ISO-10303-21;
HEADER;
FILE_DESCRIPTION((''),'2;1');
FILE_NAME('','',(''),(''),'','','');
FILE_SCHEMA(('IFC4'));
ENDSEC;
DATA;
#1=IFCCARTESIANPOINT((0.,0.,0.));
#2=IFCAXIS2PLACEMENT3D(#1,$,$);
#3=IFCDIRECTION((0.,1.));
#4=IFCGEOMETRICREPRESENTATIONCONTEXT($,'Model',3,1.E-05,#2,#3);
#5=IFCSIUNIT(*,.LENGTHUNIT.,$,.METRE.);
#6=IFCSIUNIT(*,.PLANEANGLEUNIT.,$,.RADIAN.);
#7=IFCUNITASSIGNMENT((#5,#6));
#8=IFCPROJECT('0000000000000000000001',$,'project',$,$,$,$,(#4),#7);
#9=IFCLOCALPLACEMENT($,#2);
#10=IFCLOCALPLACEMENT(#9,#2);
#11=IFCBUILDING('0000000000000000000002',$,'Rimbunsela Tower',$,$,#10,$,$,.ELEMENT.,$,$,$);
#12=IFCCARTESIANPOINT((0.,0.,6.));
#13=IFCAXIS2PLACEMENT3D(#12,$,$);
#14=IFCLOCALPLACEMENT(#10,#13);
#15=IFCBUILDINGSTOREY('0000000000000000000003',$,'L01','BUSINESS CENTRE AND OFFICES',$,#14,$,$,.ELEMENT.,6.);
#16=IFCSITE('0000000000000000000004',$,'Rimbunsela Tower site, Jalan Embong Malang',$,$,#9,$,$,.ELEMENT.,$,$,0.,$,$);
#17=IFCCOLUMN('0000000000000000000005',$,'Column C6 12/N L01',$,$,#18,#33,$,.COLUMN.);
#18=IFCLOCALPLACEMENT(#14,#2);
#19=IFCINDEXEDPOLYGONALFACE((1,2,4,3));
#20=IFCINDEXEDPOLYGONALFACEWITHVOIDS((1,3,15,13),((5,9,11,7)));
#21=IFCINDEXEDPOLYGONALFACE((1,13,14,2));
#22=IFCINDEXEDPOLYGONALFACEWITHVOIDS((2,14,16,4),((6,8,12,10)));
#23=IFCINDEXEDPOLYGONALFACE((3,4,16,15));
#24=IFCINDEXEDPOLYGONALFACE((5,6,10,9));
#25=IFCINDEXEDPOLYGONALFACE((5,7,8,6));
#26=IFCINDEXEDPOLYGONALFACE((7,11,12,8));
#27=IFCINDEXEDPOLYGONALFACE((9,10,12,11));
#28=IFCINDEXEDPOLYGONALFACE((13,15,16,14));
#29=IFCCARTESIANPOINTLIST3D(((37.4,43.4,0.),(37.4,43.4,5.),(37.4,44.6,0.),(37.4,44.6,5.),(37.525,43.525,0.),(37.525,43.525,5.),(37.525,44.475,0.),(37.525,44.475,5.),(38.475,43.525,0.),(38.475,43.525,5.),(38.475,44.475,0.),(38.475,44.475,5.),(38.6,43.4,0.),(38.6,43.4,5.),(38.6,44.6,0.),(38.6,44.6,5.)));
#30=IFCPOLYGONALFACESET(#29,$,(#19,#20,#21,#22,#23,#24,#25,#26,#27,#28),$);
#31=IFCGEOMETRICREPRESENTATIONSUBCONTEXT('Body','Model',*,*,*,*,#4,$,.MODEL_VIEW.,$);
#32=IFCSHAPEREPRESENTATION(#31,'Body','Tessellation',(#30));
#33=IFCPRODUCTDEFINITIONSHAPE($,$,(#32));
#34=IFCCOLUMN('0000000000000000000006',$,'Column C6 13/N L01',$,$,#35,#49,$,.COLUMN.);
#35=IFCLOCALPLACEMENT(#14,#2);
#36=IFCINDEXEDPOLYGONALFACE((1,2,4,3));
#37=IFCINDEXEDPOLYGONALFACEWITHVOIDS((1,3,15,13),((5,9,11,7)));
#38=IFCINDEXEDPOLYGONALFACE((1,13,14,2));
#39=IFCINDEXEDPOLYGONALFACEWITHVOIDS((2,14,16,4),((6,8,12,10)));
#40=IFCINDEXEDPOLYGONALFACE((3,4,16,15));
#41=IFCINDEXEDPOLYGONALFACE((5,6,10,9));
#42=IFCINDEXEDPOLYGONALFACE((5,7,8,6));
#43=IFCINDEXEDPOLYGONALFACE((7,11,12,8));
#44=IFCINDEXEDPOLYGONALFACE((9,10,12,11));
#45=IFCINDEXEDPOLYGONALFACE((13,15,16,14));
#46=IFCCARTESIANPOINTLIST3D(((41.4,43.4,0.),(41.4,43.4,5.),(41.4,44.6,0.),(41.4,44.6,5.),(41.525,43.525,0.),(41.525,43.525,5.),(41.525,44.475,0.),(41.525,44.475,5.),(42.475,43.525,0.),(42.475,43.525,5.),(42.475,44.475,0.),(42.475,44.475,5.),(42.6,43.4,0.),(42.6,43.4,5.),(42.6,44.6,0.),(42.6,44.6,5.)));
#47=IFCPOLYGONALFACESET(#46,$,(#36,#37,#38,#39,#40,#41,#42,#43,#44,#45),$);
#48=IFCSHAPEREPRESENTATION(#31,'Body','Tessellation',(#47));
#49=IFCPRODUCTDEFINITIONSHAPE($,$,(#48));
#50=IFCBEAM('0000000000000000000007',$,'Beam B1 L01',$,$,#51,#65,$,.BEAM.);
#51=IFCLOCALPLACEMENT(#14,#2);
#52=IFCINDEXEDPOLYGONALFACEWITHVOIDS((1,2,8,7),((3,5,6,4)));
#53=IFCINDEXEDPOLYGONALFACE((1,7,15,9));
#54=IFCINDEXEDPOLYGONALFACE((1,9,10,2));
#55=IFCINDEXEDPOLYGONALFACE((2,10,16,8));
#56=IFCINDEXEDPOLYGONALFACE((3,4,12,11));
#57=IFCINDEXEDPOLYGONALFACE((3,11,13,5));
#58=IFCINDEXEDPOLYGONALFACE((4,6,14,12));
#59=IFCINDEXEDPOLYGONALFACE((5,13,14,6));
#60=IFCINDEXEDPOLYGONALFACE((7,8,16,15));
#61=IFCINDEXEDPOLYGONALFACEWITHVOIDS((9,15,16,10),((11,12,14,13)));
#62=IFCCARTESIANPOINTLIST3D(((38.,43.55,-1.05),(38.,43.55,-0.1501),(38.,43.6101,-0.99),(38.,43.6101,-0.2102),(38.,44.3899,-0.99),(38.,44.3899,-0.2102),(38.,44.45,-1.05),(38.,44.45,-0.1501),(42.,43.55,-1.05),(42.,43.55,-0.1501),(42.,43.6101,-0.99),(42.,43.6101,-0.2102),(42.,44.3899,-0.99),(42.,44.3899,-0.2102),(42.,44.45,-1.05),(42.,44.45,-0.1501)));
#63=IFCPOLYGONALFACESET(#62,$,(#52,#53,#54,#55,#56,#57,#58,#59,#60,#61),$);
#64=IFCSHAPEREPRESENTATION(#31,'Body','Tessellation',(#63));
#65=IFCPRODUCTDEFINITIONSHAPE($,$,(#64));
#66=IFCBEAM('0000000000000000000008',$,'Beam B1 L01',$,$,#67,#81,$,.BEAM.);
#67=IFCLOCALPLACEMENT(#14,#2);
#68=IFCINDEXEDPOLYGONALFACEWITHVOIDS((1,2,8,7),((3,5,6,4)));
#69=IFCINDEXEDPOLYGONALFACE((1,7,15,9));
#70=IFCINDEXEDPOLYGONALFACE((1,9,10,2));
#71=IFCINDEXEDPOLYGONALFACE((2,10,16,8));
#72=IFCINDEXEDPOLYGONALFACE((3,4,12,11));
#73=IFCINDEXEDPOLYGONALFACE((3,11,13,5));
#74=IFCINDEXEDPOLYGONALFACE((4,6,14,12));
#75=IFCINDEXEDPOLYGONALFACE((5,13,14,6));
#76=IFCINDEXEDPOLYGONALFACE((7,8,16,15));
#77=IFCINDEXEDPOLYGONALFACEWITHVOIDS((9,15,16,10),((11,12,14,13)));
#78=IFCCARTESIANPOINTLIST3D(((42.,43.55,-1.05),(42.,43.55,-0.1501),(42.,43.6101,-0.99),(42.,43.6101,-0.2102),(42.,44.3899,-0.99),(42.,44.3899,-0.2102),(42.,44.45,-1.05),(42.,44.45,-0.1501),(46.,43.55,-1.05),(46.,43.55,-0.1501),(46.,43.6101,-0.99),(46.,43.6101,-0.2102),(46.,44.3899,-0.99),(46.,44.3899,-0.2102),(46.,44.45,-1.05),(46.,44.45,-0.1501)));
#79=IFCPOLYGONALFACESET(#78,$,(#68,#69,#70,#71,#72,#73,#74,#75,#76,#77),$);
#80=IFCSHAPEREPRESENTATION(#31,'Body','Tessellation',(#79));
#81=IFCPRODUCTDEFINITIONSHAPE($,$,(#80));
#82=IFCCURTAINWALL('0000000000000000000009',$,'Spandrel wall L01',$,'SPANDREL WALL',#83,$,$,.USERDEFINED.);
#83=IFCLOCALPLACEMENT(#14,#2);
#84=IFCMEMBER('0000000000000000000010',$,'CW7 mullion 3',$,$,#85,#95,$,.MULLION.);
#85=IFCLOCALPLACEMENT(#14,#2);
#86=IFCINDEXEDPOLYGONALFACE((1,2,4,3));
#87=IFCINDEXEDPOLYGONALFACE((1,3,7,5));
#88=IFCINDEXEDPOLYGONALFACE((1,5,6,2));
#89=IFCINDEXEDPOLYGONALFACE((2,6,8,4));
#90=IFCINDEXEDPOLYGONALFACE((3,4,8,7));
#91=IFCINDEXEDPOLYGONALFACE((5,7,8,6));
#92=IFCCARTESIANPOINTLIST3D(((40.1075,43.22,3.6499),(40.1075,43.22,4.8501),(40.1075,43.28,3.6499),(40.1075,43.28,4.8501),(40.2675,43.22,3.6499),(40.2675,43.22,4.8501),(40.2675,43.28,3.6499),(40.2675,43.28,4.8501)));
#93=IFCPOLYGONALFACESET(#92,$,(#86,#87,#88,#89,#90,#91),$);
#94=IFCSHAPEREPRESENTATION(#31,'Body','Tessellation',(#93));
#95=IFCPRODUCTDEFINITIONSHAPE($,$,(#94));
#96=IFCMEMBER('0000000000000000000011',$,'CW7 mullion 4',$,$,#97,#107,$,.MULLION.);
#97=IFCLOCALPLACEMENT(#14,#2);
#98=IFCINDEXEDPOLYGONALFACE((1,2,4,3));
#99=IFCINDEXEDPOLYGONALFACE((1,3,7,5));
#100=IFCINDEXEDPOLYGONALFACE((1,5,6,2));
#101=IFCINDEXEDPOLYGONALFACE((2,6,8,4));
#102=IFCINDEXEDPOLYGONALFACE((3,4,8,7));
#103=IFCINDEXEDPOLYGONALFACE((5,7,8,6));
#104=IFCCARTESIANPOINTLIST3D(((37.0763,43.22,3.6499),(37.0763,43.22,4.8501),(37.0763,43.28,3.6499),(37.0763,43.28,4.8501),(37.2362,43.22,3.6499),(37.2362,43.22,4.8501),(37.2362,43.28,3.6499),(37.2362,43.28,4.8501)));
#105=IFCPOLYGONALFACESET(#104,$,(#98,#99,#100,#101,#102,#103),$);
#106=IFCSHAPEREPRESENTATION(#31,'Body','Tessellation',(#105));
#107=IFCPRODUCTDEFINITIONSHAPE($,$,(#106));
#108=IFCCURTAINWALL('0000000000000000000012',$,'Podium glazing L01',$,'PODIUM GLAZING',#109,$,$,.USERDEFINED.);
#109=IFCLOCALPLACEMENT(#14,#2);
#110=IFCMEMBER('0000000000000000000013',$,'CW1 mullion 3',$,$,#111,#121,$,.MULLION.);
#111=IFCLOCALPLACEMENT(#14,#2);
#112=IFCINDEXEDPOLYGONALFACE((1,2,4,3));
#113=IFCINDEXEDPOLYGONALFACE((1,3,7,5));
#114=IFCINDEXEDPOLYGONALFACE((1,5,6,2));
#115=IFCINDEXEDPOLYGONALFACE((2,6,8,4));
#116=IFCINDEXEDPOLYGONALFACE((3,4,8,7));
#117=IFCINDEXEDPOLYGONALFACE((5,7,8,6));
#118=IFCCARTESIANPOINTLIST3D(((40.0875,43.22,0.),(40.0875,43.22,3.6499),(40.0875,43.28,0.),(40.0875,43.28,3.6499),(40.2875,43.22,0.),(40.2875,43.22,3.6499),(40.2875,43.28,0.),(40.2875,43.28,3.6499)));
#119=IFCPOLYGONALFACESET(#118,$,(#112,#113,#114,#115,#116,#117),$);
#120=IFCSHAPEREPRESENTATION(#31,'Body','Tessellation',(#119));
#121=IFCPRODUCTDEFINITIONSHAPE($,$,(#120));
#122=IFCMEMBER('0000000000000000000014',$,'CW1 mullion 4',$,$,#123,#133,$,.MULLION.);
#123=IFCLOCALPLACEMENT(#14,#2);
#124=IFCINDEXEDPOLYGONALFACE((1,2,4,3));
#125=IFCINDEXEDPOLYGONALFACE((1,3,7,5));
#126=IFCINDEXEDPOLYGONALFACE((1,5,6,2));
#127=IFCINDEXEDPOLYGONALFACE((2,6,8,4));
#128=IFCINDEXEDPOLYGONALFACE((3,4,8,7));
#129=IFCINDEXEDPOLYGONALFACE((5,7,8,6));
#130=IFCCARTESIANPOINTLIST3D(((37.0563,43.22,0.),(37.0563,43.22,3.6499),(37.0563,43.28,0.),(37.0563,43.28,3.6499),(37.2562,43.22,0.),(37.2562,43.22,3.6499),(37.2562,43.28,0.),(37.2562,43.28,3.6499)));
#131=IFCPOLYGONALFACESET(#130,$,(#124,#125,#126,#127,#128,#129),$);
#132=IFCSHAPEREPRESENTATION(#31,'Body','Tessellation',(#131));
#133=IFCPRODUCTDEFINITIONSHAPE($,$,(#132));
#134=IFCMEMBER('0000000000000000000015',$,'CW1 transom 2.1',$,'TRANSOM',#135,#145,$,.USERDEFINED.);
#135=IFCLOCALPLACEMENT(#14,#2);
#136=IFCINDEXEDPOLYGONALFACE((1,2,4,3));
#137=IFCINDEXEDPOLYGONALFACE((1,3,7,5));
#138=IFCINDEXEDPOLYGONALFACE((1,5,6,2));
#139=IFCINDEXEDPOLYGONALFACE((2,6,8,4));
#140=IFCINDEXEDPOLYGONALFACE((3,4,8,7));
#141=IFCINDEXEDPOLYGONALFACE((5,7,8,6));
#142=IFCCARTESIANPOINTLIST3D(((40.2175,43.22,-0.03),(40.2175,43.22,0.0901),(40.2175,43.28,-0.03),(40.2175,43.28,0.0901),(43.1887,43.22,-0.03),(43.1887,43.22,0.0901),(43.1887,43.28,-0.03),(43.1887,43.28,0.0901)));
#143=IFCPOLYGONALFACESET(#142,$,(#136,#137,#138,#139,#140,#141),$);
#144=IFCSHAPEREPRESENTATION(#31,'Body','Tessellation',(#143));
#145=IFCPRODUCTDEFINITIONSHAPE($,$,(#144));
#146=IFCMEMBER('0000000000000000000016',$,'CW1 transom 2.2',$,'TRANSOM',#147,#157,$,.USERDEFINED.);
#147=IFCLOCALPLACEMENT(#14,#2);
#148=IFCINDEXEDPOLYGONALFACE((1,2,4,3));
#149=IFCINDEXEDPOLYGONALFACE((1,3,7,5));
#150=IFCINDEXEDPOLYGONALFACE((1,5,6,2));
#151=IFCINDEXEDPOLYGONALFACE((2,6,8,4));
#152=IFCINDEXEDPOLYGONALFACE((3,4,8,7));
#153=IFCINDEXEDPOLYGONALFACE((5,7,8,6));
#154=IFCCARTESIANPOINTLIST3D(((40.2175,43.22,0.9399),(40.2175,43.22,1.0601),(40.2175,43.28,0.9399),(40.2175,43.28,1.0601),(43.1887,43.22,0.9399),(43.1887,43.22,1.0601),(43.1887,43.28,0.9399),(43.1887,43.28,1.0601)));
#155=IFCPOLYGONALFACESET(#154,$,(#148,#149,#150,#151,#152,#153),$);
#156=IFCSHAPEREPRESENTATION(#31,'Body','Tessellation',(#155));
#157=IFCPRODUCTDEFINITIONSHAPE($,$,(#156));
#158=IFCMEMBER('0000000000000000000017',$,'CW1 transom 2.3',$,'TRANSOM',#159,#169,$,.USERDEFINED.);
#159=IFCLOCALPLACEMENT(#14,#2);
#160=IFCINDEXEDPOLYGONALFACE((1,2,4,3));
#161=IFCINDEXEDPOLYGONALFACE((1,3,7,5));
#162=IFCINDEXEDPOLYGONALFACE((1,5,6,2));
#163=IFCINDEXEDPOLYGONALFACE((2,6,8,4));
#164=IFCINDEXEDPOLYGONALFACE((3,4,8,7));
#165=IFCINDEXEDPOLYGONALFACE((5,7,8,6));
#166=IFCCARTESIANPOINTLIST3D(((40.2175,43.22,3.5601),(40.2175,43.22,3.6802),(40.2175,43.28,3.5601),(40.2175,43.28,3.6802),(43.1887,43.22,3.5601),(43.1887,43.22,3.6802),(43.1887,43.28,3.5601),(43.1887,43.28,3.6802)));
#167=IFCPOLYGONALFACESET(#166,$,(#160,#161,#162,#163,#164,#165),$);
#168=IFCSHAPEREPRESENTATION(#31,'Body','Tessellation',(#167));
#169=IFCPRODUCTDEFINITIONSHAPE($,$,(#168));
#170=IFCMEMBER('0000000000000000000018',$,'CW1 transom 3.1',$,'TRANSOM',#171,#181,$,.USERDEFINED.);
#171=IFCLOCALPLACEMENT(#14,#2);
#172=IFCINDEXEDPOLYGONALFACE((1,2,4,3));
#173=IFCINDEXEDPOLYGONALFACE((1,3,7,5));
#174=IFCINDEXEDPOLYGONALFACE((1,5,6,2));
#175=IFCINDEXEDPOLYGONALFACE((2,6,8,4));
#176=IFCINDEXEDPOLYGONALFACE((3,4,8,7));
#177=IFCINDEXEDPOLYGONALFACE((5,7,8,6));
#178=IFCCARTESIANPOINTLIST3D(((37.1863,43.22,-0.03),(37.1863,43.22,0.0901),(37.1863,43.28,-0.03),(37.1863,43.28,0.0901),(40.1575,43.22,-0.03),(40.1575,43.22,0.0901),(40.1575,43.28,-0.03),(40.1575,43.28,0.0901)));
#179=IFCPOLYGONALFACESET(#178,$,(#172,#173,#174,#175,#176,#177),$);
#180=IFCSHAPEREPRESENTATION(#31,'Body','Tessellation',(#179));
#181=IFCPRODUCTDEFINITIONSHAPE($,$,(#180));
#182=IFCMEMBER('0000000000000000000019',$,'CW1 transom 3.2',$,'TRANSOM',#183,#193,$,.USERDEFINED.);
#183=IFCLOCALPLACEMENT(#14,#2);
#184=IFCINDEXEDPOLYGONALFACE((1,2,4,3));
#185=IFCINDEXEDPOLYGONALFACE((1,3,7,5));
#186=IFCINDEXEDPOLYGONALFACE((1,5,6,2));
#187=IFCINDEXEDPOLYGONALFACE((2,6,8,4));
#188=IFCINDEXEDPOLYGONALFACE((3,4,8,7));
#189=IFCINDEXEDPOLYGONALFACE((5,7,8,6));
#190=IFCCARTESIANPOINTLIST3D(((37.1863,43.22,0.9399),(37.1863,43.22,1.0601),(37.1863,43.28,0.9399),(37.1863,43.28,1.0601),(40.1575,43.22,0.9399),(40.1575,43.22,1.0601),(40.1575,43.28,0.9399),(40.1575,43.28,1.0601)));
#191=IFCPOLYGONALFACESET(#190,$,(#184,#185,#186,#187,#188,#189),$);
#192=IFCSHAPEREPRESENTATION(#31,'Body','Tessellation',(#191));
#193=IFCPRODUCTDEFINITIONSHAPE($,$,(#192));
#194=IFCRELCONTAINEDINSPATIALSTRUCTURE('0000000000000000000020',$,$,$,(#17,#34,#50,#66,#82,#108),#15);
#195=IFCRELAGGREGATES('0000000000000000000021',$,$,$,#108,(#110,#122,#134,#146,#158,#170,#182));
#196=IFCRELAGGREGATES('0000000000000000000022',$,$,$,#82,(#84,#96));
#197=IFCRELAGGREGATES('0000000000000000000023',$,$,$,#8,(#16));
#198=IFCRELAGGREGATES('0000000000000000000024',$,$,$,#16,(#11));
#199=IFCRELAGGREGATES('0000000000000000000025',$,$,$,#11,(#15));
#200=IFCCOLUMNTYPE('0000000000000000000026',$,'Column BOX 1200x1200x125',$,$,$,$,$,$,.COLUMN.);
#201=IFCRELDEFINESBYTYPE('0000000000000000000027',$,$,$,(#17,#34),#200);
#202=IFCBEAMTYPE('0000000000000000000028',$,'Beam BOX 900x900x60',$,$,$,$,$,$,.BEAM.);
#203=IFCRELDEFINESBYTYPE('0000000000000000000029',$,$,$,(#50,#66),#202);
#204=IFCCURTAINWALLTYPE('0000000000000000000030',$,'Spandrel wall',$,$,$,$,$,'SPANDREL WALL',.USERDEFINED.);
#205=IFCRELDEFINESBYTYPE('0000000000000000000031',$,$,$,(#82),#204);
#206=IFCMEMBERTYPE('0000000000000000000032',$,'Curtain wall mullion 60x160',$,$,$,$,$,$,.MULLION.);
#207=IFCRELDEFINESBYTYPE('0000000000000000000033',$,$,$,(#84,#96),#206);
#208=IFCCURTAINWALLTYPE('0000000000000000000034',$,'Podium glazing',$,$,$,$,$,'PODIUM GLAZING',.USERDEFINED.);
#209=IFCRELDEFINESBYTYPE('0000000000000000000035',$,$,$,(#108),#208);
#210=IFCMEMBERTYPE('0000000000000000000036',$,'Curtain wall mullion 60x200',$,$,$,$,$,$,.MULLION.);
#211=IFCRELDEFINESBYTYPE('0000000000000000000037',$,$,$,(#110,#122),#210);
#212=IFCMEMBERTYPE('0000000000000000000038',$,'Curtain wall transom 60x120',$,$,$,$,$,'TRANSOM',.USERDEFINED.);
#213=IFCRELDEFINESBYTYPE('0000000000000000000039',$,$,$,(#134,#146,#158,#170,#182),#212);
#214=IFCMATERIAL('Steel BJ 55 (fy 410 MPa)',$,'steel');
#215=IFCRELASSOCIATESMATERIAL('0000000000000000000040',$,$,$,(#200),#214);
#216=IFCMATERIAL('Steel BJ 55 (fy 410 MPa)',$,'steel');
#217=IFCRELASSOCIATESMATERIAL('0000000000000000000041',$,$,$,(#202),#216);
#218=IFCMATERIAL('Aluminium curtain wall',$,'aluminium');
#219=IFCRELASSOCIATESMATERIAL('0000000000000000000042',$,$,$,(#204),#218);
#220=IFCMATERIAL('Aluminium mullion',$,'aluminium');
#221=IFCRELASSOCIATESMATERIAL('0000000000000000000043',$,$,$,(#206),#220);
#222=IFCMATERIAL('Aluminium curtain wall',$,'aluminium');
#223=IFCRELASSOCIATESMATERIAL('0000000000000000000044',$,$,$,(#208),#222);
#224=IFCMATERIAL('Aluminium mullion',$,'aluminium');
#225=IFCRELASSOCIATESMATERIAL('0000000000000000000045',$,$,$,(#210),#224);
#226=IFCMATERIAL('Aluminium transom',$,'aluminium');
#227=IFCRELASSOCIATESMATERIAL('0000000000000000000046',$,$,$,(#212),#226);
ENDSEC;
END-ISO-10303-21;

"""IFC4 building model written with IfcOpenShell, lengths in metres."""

from ifc_helpers import new_model, si_unit, direction, frame, origin, origin_2d, place, context, subcontext, project, spatial, rectangle, hollow_rectangle, extrude, material, material_profile, profile_set, type_object, element, aggregate, save


model = new_model("IFC4")

# Units and contexts
model_context = context("Model", 3, precision=1e-05, world=origin(), true_north=direction((0.0, 1.0)))
body_context = subcontext(model_context, "Body", "Model", "MODEL_VIEW")
ifc_project = project(units=[si_unit("LENGTHUNIT", "METRE"), si_unit("PLANEANGLEUNIT", "RADIAN")], contexts=[model_context])

# Site, building, storey
site_placement = place(None, origin())
site = spatial("IfcSite", under=ifc_project, at=site_placement, Name="Rimbunsela Tower site, Jalan Embong Malang", CompositionType="ELEMENT", RefElevation=0.0)
building_placement = place(site_placement, origin())
building = spatial("IfcBuilding", under=site, at=building_placement, Name="Rimbunsela Tower", CompositionType="ELEMENT")
storey_placement = place(building_placement, frame((0.0, 0.0, 6.0)))
storey = spatial("IfcBuildingStorey", under=building, at=storey_placement, Name="L01", Description="BUSINESS CENTRE AND OFFICES", CompositionType="ELEMENT", Elevation=6.0)

# Columns
ifc_material_1 = material(Name="Steel BJ 55 (fy 410 MPa)", Category="steel")
ifc_material_profile_1 = material_profile(ifc_material_1, hollow_rectangle(XDim=1.2, YDim=1.2, WallThickness=0.125, at=origin_2d()), Name="BOX 1200x1200x125")
ifc_profile_set_1 = profile_set([ifc_material_profile_1], Name="Steel BJ 55 (fy 410 MPa)")
column_type = type_object("IfcColumnType", Name="Column BOX 1200x1200x125", PredefinedType="COLUMN", material=ifc_profile_set_1)
for number, where, z_axis, x_axis, name in (
    (1, (38.0, 44.0, 0.0), (0.0, 0.0, 1.0), (1.0, 0.0, 0.0), "Column C6 12/N L01"),
    (2, (42.0, 44.0, 0.0), (0.0, 0.0, 1.0), (1.0, 0.0, 0.0), "Column C6 13/N L01"),
):
    element("IfcColumn", number, at=place(storey_placement, frame(where, z_axis=z_axis, x_axis=x_axis)), inside=storey, type_object=column_type, Name=name, PredefinedType="COLUMN", context=body_context, shape_type="SweptSolid", body=[
        extrude(hollow_rectangle(XDim=1.2, YDim=1.2, WallThickness=0.125, at=origin_2d()), origin(), (0.0, 0.0, 1.0), 5.0),
    ])

# Beams
ifc_material_2 = material(Name="Steel BJ 55 (fy 410 MPa)", Category="steel")
ifc_material_profile_2 = material_profile(ifc_material_2, hollow_rectangle(XDim=0.8999, YDim=0.8999, WallThickness=0.0601, at=origin_2d()), Name="BOX 900x900x60")
ifc_profile_set_2 = profile_set([ifc_material_profile_2], Name="Steel BJ 55 (fy 410 MPa)")
beam_type = type_object("IfcBeamType", Name="Beam BOX 900x900x60", PredefinedType="BEAM", material=ifc_profile_set_2)
for number, where, z_axis, x_axis, name in (
    (3, (38.0, 44.0, -0.6001), (1.0, 0.0, 0.0), (0.0, 1.0, 0.0), "Beam B1 L01"),
    (4, (42.0, 44.0, -0.6001), (1.0, 0.0, 0.0), (0.0, 1.0, 0.0), "Beam B1 L01"),
):
    element("IfcBeam", number, at=place(storey_placement, frame(where, z_axis=z_axis, x_axis=x_axis)), inside=storey, type_object=beam_type, Name=name, PredefinedType="BEAM", context=body_context, shape_type="SweptSolid", body=[
        extrude(hollow_rectangle(XDim=0.8999, YDim=0.8999, WallThickness=0.0601, at=origin_2d()), origin(), (0.0, 0.0, 1.0), 4.0),
    ])

# Curtain walls, members
ifc_material_3 = material(Name="Aluminium curtain wall", Category="aluminium")
curtain_wall_type_1 = type_object("IfcCurtainWallType", Name="Spandrel wall", ElementType="SPANDREL WALL", PredefinedType="USERDEFINED", material=ifc_material_3)
curtain_wall_1_placement = place(storey_placement, origin())
curtain_wall_1 = element("IfcCurtainWall", 5, at=curtain_wall_1_placement, inside=storey, type_object=curtain_wall_type_1, Name="Spandrel wall L01", ObjectType="SPANDREL WALL", PredefinedType="USERDEFINED")
ifc_material_4 = material(Name="Aluminium mullion", Category="aluminium")
ifc_material_profile_3 = material_profile(ifc_material_4, rectangle(XDim=0.0601, YDim=0.1599, at=origin_2d()), Name="Mullion 60x160")
ifc_profile_set_3 = profile_set([ifc_material_profile_3], Name="Aluminium mullion")
member_type_1 = type_object("IfcMemberType", Name="Curtain wall mullion 60x160", PredefinedType="MULLION", material=ifc_profile_set_3)
member_1_placement = place(storey_placement, frame((40.1875, 43.25, 3.6499), z_axis=(0.0, 0.0, 1.0), x_axis=(0.0, -1.0, 0.0)))
member_1 = element("IfcMember", 6, at=member_1_placement, type_object=member_type_1, Name="CW7 mullion 3", PredefinedType="MULLION", context=body_context, shape_type="SweptSolid", body=[
    extrude(rectangle(XDim=0.0601, YDim=0.1599, at=origin_2d()), origin(), (0.0, 0.0, 1.0), 1.2002),
])
member_2_placement = place(storey_placement, frame((37.1562, 43.25, 3.6499), z_axis=(0.0, 0.0, 1.0), x_axis=(0.0, -1.0, 0.0)))
member_2 = element("IfcMember", 7, at=member_2_placement, type_object=member_type_1, Name="CW7 mullion 4", PredefinedType="MULLION", context=body_context, shape_type="SweptSolid", body=[
    extrude(rectangle(XDim=0.0601, YDim=0.1599, at=origin_2d()), origin(), (0.0, 0.0, 1.0), 1.2002),
])
ifc_material_5 = material(Name="Aluminium curtain wall", Category="aluminium")
curtain_wall_type_2 = type_object("IfcCurtainWallType", Name="Podium glazing", ElementType="PODIUM GLAZING", PredefinedType="USERDEFINED", material=ifc_material_5)
curtain_wall_2_placement = place(storey_placement, origin())
curtain_wall_2 = element("IfcCurtainWall", 8, at=curtain_wall_2_placement, inside=storey, type_object=curtain_wall_type_2, Name="Podium glazing L01", ObjectType="PODIUM GLAZING", PredefinedType="USERDEFINED")
ifc_material_6 = material(Name="Aluminium mullion", Category="aluminium")
ifc_material_profile_4 = material_profile(ifc_material_6, rectangle(XDim=0.0601, YDim=0.2, at=origin_2d()), Name="Mullion 60x200")
ifc_profile_set_4 = profile_set([ifc_material_profile_4], Name="Aluminium mullion")
member_type_2 = type_object("IfcMemberType", Name="Curtain wall mullion 60x200", PredefinedType="MULLION", material=ifc_profile_set_4)
member_3_placement = place(storey_placement, frame((40.1875, 43.25, 0.0), z_axis=(0.0, 0.0, 1.0), x_axis=(0.0, -1.0, 0.0)))
member_3 = element("IfcMember", 9, at=member_3_placement, type_object=member_type_2, Name="CW1 mullion 3", PredefinedType="MULLION", context=body_context, shape_type="SweptSolid", body=[
    extrude(rectangle(XDim=0.0601, YDim=0.2, at=origin_2d()), origin(), (0.0, 0.0, 1.0), 3.6499),
])
member_4_placement = place(storey_placement, frame((37.1562, 43.25, 0.0), z_axis=(0.0, 0.0, 1.0), x_axis=(0.0, -1.0, 0.0)))
member_4 = element("IfcMember", 10, at=member_4_placement, type_object=member_type_2, Name="CW1 mullion 4", PredefinedType="MULLION", context=body_context, shape_type="SweptSolid", body=[
    extrude(rectangle(XDim=0.0601, YDim=0.2, at=origin_2d()), origin(), (0.0, 0.0, 1.0), 3.6499),
])
ifc_material_7 = material(Name="Aluminium transom", Category="aluminium")
ifc_material_profile_5 = material_profile(ifc_material_7, rectangle(XDim=0.0601, YDim=0.1201, at=origin_2d()), Name="Transom 60x120")
ifc_profile_set_5 = profile_set([ifc_material_profile_5], Name="Aluminium transom")
member_type_3 = type_object("IfcMemberType", Name="Curtain wall transom 60x120", ElementType="TRANSOM", PredefinedType="USERDEFINED", material=ifc_profile_set_5)
member_5_placement = place(storey_placement, frame((43.1887, 43.25, 0.03), z_axis=(-1.0, 0.0, 0.0), x_axis=(0.0, -1.0, 0.0)))
member_5 = element("IfcMember", 11, at=member_5_placement, type_object=member_type_3, Name="CW1 transom 2.1", ObjectType="TRANSOM", PredefinedType="USERDEFINED", context=body_context, shape_type="SweptSolid", body=[
    extrude(rectangle(XDim=0.0601, YDim=0.1201, at=origin_2d()), origin(), (0.0, 0.0, 1.0), 2.9712),
])
member_6_placement = place(storey_placement, frame((43.1887, 43.25, 1.0), z_axis=(-1.0, 0.0, 0.0), x_axis=(0.0, -1.0, 0.0)))
member_6 = element("IfcMember", 12, at=member_6_placement, type_object=member_type_3, Name="CW1 transom 2.2", ObjectType="TRANSOM", PredefinedType="USERDEFINED", context=body_context, shape_type="SweptSolid", body=[
    extrude(rectangle(XDim=0.0601, YDim=0.1201, at=origin_2d()), origin(), (0.0, 0.0, 1.0), 2.9712),
])
member_7_placement = place(storey_placement, frame((43.1887, 43.25, 3.6201), z_axis=(-1.0, 0.0, 0.0), x_axis=(0.0, -1.0, 0.0)))
member_7 = element("IfcMember", 13, at=member_7_placement, type_object=member_type_3, Name="CW1 transom 2.3", ObjectType="TRANSOM", PredefinedType="USERDEFINED", context=body_context, shape_type="SweptSolid", body=[
    extrude(rectangle(XDim=0.0601, YDim=0.1201, at=origin_2d()), origin(), (0.0, 0.0, 1.0), 2.9712),
])
member_8_placement = place(storey_placement, frame((40.1575, 43.25, 0.03), z_axis=(-1.0, 0.0, 0.0), x_axis=(0.0, -1.0, 0.0)))
member_8 = element("IfcMember", 14, at=member_8_placement, type_object=member_type_3, Name="CW1 transom 3.1", ObjectType="TRANSOM", PredefinedType="USERDEFINED", context=body_context, shape_type="SweptSolid", body=[
    extrude(rectangle(XDim=0.0601, YDim=0.1201, at=origin_2d()), origin(), (0.0, 0.0, 1.0), 2.9712),
])
member_9_placement = place(storey_placement, frame((40.1575, 43.25, 1.0), z_axis=(-1.0, 0.0, 0.0), x_axis=(0.0, -1.0, 0.0)))
member_9 = element("IfcMember", 15, at=member_9_placement, type_object=member_type_3, Name="CW1 transom 3.2", ObjectType="TRANSOM", PredefinedType="USERDEFINED", context=body_context, shape_type="SweptSolid", body=[
    extrude(rectangle(XDim=0.0601, YDim=0.1201, at=origin_2d()), origin(), (0.0, 0.0, 1.0), 2.9712),
])

aggregate(curtain_wall_2, [member_3, member_4, member_5, member_6, member_7, member_8, member_9])
aggregate(curtain_wall_1, [member_1, member_2])

save(model, "model.ifc")
